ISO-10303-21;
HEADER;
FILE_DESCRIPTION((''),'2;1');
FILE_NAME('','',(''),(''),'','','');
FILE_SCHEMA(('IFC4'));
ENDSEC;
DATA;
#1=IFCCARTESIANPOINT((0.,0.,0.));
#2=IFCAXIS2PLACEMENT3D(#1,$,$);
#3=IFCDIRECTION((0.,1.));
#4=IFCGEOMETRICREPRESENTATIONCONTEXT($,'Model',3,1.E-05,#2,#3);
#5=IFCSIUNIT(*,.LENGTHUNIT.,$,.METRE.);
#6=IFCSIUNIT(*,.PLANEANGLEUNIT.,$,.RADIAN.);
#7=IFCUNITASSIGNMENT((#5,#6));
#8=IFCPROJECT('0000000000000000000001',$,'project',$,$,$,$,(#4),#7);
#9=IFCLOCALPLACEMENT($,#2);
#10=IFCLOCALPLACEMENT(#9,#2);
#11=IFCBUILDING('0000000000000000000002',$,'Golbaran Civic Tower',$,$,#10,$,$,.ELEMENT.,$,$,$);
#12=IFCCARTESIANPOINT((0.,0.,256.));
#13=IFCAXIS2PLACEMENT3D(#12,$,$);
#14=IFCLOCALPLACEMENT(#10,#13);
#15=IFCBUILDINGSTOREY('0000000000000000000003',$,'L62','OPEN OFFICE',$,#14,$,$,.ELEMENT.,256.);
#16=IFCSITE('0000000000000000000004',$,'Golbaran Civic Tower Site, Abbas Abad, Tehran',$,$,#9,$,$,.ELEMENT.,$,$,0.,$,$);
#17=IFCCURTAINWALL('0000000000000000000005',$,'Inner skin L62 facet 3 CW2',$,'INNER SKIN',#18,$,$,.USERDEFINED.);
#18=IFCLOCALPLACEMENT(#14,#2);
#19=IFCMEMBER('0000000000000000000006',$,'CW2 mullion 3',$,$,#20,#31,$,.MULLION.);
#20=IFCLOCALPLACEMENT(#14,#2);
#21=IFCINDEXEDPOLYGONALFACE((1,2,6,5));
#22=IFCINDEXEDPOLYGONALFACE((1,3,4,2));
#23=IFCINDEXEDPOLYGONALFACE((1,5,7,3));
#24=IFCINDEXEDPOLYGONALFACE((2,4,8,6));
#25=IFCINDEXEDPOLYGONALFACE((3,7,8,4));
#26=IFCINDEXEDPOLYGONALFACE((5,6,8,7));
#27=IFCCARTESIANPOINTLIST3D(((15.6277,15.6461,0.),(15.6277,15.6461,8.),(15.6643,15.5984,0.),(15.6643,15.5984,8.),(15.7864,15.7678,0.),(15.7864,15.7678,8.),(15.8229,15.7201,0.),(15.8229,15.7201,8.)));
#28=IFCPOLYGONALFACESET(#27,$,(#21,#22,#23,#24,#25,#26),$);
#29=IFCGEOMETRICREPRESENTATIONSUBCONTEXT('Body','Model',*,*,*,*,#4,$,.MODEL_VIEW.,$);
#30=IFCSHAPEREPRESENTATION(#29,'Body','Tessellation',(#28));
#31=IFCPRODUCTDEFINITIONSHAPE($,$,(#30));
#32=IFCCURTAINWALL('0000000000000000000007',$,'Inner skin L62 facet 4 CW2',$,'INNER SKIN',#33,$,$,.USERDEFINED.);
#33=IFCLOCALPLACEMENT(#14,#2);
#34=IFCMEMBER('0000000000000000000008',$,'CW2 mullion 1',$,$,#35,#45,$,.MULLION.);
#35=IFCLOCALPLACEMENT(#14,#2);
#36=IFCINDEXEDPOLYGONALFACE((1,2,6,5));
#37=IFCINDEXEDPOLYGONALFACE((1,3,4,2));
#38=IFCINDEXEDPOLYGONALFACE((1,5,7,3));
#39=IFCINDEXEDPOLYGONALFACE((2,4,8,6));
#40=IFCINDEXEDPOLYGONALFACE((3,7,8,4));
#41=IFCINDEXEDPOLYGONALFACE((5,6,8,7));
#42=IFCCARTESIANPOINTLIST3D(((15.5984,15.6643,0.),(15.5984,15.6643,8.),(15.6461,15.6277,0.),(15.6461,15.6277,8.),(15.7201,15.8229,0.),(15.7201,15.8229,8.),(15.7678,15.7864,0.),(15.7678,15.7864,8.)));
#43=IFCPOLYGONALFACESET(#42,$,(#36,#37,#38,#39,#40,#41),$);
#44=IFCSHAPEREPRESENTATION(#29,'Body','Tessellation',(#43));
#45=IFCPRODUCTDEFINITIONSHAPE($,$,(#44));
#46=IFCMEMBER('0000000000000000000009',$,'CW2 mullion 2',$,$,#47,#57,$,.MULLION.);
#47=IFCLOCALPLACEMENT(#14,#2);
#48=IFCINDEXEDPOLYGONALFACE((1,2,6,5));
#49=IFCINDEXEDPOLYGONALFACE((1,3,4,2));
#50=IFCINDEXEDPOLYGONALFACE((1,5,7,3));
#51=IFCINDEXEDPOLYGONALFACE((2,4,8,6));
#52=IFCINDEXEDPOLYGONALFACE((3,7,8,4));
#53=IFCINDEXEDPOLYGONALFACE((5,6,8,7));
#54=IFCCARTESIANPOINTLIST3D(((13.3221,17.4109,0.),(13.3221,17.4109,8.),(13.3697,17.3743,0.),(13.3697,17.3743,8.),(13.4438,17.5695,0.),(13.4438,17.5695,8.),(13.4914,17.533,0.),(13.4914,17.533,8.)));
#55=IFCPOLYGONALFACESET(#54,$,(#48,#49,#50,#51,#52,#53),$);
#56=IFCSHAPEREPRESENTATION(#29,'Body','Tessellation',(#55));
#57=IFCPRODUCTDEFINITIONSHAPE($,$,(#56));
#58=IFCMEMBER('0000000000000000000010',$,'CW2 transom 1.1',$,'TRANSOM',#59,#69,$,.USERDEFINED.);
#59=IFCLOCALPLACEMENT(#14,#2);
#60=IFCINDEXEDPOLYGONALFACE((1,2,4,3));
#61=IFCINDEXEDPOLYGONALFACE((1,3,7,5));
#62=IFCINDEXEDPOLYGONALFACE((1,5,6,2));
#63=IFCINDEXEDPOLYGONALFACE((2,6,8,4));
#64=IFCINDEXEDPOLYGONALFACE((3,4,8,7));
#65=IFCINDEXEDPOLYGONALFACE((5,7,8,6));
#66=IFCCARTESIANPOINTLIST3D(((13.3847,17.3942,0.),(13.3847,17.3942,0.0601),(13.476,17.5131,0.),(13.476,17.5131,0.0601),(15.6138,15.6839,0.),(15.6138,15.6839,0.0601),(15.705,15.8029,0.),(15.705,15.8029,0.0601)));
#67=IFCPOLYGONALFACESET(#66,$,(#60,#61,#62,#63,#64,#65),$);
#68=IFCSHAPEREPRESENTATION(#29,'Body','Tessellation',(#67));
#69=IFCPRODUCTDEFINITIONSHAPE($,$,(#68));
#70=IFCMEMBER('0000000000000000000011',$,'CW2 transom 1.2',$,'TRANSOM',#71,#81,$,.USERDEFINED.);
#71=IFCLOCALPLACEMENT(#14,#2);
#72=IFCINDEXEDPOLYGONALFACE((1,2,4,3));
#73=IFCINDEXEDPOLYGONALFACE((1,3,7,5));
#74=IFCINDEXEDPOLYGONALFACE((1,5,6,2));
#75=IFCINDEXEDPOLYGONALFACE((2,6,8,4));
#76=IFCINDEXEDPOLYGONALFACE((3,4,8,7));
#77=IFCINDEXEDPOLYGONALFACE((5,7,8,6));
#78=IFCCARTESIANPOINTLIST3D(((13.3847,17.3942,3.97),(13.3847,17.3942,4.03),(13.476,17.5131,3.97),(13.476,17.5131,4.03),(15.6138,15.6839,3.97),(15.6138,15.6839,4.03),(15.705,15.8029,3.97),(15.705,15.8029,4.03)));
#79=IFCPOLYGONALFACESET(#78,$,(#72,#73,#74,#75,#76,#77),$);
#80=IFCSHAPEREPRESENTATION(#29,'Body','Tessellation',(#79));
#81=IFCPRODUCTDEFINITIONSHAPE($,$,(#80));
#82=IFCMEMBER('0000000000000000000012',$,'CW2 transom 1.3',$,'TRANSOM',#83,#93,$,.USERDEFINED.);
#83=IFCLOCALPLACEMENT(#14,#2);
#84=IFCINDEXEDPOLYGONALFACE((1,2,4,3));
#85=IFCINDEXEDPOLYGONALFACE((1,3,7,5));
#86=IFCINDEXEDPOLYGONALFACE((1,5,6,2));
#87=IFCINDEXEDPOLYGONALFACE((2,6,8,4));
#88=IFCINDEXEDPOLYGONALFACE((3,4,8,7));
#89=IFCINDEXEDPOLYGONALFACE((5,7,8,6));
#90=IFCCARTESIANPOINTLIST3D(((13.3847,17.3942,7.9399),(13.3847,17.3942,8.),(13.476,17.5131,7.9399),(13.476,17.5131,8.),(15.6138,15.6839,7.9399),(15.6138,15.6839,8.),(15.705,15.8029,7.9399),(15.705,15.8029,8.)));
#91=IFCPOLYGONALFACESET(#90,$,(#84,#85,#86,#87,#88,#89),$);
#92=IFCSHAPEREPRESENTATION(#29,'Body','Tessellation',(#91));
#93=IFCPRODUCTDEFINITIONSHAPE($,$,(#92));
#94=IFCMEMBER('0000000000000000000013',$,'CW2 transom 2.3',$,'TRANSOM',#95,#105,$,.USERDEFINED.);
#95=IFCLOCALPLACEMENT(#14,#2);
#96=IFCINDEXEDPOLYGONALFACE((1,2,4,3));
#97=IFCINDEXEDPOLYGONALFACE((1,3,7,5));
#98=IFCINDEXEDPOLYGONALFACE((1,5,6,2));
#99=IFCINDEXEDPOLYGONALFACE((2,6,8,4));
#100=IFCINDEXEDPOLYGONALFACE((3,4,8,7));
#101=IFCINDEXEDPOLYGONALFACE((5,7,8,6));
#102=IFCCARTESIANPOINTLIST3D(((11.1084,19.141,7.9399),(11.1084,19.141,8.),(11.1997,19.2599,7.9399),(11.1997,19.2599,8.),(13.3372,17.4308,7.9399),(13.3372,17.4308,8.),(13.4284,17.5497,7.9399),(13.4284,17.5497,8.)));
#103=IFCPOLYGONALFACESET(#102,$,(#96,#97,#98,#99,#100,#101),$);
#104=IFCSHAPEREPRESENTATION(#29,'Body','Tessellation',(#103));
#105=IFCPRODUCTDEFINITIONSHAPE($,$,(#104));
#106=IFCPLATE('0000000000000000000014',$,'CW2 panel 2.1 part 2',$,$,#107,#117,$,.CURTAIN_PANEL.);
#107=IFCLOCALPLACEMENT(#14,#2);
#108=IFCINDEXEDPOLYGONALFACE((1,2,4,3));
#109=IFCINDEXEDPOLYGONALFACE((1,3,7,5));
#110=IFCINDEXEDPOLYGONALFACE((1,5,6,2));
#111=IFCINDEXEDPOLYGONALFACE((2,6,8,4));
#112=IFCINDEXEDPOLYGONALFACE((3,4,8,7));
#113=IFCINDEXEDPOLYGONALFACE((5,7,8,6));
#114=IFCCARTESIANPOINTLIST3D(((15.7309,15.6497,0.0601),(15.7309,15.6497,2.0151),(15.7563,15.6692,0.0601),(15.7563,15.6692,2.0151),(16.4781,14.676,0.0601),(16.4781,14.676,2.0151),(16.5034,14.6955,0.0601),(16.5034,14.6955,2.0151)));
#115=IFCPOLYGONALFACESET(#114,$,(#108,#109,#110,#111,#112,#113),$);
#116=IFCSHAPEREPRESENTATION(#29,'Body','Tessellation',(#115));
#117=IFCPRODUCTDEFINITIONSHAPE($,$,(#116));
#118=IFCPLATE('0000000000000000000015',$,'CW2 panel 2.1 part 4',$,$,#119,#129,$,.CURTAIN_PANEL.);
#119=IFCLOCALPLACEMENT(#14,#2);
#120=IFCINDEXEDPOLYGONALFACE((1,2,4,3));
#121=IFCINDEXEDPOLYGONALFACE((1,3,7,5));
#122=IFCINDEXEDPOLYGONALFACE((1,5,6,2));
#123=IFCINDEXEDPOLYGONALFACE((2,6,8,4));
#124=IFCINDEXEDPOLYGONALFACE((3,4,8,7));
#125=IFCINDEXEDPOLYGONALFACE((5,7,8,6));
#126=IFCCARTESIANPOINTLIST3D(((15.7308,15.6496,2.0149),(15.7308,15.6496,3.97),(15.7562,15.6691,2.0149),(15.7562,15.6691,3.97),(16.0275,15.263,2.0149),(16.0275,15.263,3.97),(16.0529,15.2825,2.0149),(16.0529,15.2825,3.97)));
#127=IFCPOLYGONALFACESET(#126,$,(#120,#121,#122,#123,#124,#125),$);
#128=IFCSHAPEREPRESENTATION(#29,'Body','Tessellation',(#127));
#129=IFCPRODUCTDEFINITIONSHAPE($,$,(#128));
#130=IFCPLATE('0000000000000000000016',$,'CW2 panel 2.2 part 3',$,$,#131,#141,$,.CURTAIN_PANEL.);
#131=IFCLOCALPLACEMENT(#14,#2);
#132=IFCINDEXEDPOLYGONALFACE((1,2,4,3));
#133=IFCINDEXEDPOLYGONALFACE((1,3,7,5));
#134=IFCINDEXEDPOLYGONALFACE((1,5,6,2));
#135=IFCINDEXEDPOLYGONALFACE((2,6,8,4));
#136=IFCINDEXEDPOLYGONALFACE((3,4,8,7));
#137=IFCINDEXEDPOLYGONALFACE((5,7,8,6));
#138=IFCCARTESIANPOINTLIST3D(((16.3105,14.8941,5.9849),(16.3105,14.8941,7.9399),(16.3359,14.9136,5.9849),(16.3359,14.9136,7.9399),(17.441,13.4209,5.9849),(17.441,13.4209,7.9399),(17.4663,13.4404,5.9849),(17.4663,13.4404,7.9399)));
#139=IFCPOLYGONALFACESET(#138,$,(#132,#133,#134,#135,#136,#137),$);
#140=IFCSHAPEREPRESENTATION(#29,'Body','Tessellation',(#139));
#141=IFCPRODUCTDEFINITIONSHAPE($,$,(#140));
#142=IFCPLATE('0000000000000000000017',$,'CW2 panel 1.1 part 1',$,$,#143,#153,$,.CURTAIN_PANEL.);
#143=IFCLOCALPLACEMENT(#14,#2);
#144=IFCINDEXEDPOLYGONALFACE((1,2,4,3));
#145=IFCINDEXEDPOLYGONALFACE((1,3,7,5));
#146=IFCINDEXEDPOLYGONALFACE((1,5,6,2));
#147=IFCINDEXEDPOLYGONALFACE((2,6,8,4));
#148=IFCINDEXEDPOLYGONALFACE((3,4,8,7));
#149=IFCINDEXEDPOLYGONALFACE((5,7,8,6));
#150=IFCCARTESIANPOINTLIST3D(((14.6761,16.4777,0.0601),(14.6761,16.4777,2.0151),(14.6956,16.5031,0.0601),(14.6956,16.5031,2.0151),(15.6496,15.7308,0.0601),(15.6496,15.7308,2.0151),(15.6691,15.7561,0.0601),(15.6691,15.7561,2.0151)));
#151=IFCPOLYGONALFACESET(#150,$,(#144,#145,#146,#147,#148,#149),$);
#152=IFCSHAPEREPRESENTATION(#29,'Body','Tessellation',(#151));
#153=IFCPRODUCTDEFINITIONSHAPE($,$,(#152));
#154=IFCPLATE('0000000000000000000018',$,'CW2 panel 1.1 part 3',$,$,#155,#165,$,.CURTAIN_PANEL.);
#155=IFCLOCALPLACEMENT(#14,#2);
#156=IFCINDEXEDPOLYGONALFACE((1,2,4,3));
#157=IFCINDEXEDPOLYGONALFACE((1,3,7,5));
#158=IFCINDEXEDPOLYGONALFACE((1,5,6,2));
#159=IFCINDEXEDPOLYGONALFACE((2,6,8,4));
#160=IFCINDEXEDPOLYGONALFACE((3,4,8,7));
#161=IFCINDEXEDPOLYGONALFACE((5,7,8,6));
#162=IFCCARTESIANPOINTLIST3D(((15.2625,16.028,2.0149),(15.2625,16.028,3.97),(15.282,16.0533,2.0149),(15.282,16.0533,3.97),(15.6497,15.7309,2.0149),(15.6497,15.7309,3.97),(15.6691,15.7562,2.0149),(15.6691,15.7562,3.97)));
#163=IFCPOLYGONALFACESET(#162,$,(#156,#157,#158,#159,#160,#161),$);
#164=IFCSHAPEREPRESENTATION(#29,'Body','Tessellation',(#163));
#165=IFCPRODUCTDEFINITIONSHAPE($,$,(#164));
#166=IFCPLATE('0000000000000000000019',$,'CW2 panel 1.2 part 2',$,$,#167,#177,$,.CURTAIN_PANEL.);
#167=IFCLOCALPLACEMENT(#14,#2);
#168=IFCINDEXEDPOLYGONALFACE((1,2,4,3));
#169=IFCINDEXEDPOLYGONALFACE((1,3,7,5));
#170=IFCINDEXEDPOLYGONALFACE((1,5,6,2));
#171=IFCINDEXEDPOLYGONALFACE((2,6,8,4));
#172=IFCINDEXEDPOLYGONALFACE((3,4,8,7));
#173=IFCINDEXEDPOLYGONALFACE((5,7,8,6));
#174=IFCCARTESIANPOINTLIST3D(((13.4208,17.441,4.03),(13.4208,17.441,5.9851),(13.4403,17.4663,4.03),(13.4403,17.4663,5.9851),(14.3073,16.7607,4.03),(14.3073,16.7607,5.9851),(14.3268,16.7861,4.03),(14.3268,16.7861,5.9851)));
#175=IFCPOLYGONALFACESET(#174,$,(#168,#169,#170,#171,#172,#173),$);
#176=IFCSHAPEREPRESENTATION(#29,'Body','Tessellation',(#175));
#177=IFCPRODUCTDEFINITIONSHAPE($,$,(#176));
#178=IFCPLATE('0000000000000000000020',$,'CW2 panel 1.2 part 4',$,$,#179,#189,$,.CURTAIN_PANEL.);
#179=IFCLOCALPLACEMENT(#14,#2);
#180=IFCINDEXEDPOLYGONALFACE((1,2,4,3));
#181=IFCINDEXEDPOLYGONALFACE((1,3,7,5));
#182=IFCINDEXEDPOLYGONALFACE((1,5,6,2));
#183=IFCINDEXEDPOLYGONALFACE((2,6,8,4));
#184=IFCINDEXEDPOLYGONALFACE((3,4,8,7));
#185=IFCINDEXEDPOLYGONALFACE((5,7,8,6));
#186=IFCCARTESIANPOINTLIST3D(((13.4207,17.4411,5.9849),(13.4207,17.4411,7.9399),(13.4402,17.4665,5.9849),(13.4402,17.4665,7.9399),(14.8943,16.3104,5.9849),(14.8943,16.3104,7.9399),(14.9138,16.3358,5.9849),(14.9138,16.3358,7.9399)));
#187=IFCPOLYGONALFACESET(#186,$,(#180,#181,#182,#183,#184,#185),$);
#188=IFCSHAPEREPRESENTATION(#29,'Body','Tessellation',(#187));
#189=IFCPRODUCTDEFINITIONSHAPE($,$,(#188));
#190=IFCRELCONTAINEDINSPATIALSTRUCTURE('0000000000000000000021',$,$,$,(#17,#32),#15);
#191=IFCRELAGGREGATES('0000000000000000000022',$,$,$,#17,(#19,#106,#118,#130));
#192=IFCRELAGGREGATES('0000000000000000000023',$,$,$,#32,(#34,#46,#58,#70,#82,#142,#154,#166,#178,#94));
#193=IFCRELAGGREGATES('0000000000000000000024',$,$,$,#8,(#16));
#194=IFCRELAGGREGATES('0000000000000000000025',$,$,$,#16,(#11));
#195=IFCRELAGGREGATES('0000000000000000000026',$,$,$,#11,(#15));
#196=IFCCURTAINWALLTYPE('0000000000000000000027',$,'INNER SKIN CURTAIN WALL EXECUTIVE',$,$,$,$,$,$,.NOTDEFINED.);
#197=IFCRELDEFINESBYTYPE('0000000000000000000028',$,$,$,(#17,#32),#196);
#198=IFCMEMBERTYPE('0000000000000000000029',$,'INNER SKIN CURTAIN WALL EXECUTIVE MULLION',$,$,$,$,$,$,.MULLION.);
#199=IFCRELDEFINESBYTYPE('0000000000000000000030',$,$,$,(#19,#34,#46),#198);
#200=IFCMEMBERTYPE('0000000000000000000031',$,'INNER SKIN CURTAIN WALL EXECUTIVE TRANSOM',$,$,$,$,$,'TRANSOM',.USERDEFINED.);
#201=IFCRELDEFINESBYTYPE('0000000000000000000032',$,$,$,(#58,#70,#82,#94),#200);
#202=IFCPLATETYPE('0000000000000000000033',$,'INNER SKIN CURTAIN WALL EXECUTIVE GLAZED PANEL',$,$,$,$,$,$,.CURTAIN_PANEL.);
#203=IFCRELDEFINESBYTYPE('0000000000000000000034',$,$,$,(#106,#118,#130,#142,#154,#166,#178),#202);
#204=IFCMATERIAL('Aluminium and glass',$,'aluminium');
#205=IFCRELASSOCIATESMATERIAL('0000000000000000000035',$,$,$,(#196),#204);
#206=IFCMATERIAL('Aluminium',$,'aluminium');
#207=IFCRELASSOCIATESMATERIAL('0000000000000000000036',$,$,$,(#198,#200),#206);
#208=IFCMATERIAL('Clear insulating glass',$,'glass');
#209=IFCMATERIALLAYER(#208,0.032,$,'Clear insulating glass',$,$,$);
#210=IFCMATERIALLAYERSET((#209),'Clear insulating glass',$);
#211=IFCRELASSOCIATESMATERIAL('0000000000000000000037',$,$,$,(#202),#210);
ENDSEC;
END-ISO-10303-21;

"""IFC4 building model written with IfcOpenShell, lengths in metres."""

from ifc_helpers import new_model, si_unit, direction, frame, origin, origin_2d, place, context, subcontext, project, spatial, rectangle, extrude, material, layer, layer_set, material_profile, profile_set, type_object, element, aggregate, save


model = new_model("IFC4")

# Units and contexts
model_context = context("Model", 3, precision=1e-05, world=origin(), true_north=direction((0.0, 1.0)))
body_context = subcontext(model_context, "Body", "Model", "MODEL_VIEW")
ifc_project = project(units=[si_unit("LENGTHUNIT", "METRE"), si_unit("PLANEANGLEUNIT", "RADIAN")], contexts=[model_context])

# Site, building, storey
site_placement = place(None, origin())
site = spatial("IfcSite", under=ifc_project, at=site_placement, Name="Golbaran Civic Tower Site, Abbas Abad, Tehran", CompositionType="ELEMENT", RefElevation=0.0)
building_placement = place(site_placement, origin())
building = spatial("IfcBuilding", under=site, at=building_placement, Name="Golbaran Civic Tower", CompositionType="ELEMENT")
storey_placement = place(building_placement, frame((0.0, 0.0, 256.0)))
storey = spatial("IfcBuildingStorey", under=building, at=storey_placement, Name="L62", Description="OPEN OFFICE", CompositionType="ELEMENT", Elevation=256.0)

# Curtain wall, member
ifc_material_1 = material(Name="Aluminium and glass", Category="aluminium")
curtain_wall_type = type_object("IfcCurtainWallType", Name="INNER SKIN CURTAIN WALL EXECUTIVE", PredefinedType="NOTDEFINED", material=ifc_material_1)
curtain_wall_1_placement = place(storey_placement, origin())
curtain_wall_1 = element("IfcCurtainWall", 1, at=curtain_wall_1_placement, inside=storey, type_object=curtain_wall_type, Name="Inner skin L62 facet 3 CW2", ObjectType="INNER SKIN", PredefinedType="USERDEFINED")
ifc_material_2 = material(Name="Aluminium", Category="aluminium")
ifc_material_profile_1 = material_profile(ifc_material_2, rectangle(XDim=0.2, YDim=0.0601, at=origin_2d()), Name="INNER SKIN CURTAIN WALL EXECUTIVE MULLION")
ifc_profile_set_1 = profile_set([ifc_material_profile_1], Name="Aluminium")
member_type_1 = type_object("IfcMemberType", Name="INNER SKIN CURTAIN WALL EXECUTIVE MULLION", PredefinedType="MULLION", material=ifc_profile_set_1)
member_1_placement = place(storey_placement, frame((15.7253, 15.6831, 0.0), z_axis=(0.0, 0.0, 1.0), x_axis=(-0.793353, -0.608761, 0.0)))
member_1 = element("IfcMember", 2, at=member_1_placement, type_object=member_type_1, Name="CW2 mullion 3", PredefinedType="MULLION", context=body_context, shape_type="SweptSolid", body=[
    extrude(rectangle(XDim=0.2, YDim=0.0601, at=origin_2d()), origin(), (0.0, 0.0, 1.0), 8.0),
])

# Curtain wall, members
curtain_wall_2_placement = place(storey_placement, origin())
curtain_wall_2 = element("IfcCurtainWall", 3, at=curtain_wall_2_placement, inside=storey, type_object=curtain_wall_type, Name="Inner skin L62 facet 4 CW2", ObjectType="INNER SKIN", PredefinedType="USERDEFINED")
member_2_placement = place(storey_placement, frame((15.6831, 15.7253, 0.0), z_axis=(0.0, 0.0, 1.0), x_axis=(-0.608761, -0.793353, 0.0)))
member_2 = element("IfcMember", 4, at=member_2_placement, type_object=member_type_1, Name="CW2 mullion 1", PredefinedType="MULLION", context=body_context, shape_type="SweptSolid", body=[
    extrude(rectangle(XDim=0.2, YDim=0.0601, at=origin_2d()), origin(), (0.0, 0.0, 1.0), 8.0),
])
member_3_placement = place(storey_placement, frame((13.4067, 17.4719, 0.0), z_axis=(0.0, 0.0, 1.0), x_axis=(-0.608761, -0.793353, 0.0)))
member_3 = element("IfcMember", 5, at=member_3_placement, type_object=member_type_1, Name="CW2 mullion 2", PredefinedType="MULLION", context=body_context, shape_type="SweptSolid", body=[
    extrude(rectangle(XDim=0.2, YDim=0.0601, at=origin_2d()), origin(), (0.0, 0.0, 1.0), 8.0),
])
ifc_material_profile_2 = material_profile(ifc_material_2, rectangle(XDim=0.1499, YDim=0.0601, at=origin_2d()), Name="INNER SKIN CURTAIN WALL EXECUTIVE TRANSOM")
ifc_profile_set_2 = profile_set([ifc_material_profile_2], Name="Aluminium")
member_type_2 = type_object("IfcMemberType", Name="INNER SKIN CURTAIN WALL EXECUTIVE TRANSOM", ElementType="TRANSOM", PredefinedType="USERDEFINED", material=ifc_profile_set_2)
member_4_placement = place(storey_placement, frame((15.6594, 15.7434, 0.03), z_axis=(-0.793383, 0.608723, 0.0), x_axis=(-0.608723, -0.793383, 0.0)))
member_4 = element("IfcMember", 6, at=member_4_placement, type_object=member_type_2, Name="CW2 transom 1.1", ObjectType="TRANSOM", PredefinedType="USERDEFINED", context=body_context, shape_type="SweptSolid", body=[
    extrude(rectangle(XDim=0.1499, YDim=0.0601, at=origin_2d()), origin(), (0.0, 0.0, 1.0), 2.8096),
])
member_5_placement = place(storey_placement, frame((15.6594, 15.7434, 4.0), z_axis=(-0.793383, 0.608723, 0.0), x_axis=(-0.608723, -0.793383, 0.0)))
member_5 = element("IfcMember", 7, at=member_5_placement, type_object=member_type_2, Name="CW2 transom 1.2", ObjectType="TRANSOM", PredefinedType="USERDEFINED", context=body_context, shape_type="SweptSolid", body=[
    extrude(rectangle(XDim=0.1499, YDim=0.0601, at=origin_2d()), origin(), (0.0, 0.0, 1.0), 2.8096),
])
member_6_placement = place(storey_placement, frame((15.6594, 15.7434, 7.97), z_axis=(-0.793383, 0.608723, 0.0), x_axis=(-0.608723, -0.793383, 0.0)))
member_6 = element("IfcMember", 8, at=member_6_placement, type_object=member_type_2, Name="CW2 transom 1.3", ObjectType="TRANSOM", PredefinedType="USERDEFINED", context=body_context, shape_type="SweptSolid", body=[
    extrude(rectangle(XDim=0.1499, YDim=0.0601, at=origin_2d()), origin(), (0.0, 0.0, 1.0), 2.8096),
])
member_7_placement = place(storey_placement, frame((13.3828, 17.4902, 7.97), z_axis=(-0.79335, 0.608765, 0.0), x_axis=(-0.608765, -0.79335, 0.0)))
member_7 = element("IfcMember", 9, at=member_7_placement, type_object=member_type_2, Name="CW2 transom 2.3", ObjectType="TRANSOM", PredefinedType="USERDEFINED", context=body_context, shape_type="SweptSolid", body=[
    extrude(rectangle(XDim=0.1499, YDim=0.0601, at=origin_2d()), origin(), (0.0, 0.0, 1.0), 2.8093),
])

# Plates
ifc_material_3 = material(Name="Clear insulating glass", Category="glass")
ifc_layer_1 = layer(ifc_material_3, 0.032, Name="Clear insulating glass")
ifc_layer_set_1 = layer_set([ifc_layer_1], Name="Clear insulating glass")
plate_type_1 = type_object("IfcPlateType", Name="INNER SKIN CURTAIN WALL EXECUTIVE GLAZED PANEL", PredefinedType="CURTAIN_PANEL", material=ifc_layer_set_1)
plate_1_placement = place(storey_placement, frame((16.1172, 15.1726, 0.0601), z_axis=(0.0, 0.0, 1.0), x_axis=(-0.608761, 0.793353, 0.0)))
plate_1 = element("IfcPlate", 10, at=plate_1_placement, type_object=plate_type_1, Name="CW2 panel 2.1 part 2", PredefinedType="CURTAIN_PANEL", context=body_context, shape_type="SweptSolid", body=[
    extrude(rectangle(XDim=1.2273, YDim=0.032, at=origin_2d()), origin(), (0.0, 0.0, 1.0), 1.9551),
])
plate_2_placement = place(storey_placement, frame((15.8918, 15.4661, 2.0149), z_axis=(0.0, 0.0, 1.0), x_axis=(-0.608761, 0.793353, 0.0)))
plate_2 = element("IfcPlate", 11, at=plate_2_placement, type_object=plate_type_1, Name="CW2 panel 2.1 part 4", PredefinedType="CURTAIN_PANEL", context=body_context, shape_type="SweptSolid", body=[
    extrude(rectangle(XDim=0.4873, YDim=0.032, at=origin_2d()), origin(), (0.0, 0.0, 1.0), 1.9551),
])
plate_3_placement = place(storey_placement, frame((16.8884, 14.1672, 5.9849), z_axis=(0.0, 0.0, 1.0), x_axis=(-0.608761, 0.793353, 0.0)))
plate_3 = element("IfcPlate", 12, at=plate_3_placement, type_object=plate_type_1, Name="CW2 panel 2.2 part 3", PredefinedType="CURTAIN_PANEL", context=body_context, shape_type="SweptSolid", body=[
    extrude(rectangle(XDim=1.8569, YDim=0.032, at=origin_2d()), origin(), (0.0, 0.0, 1.0), 1.9551),
])
plate_4_placement = place(storey_placement, frame((15.1726, 16.1169, 0.0601), z_axis=(0.0, 0.0, 1.0), x_axis=(-0.793353, 0.608761, 0.0)))
plate_4 = element("IfcPlate", 13, at=plate_4_placement, type_object=plate_type_1, Name="CW2 panel 1.1 part 1", PredefinedType="CURTAIN_PANEL", context=body_context, shape_type="SweptSolid", body=[
    extrude(rectangle(XDim=1.2271, YDim=0.032, at=origin_2d()), origin(), (0.0, 0.0, 1.0), 1.9551),
])
plate_5_placement = place(storey_placement, frame((15.4658, 15.8921, 2.0149), z_axis=(0.0, 0.0, 1.0), x_axis=(-0.793353, 0.608761, 0.0)))
plate_5 = element("IfcPlate", 14, at=plate_5_placement, type_object=plate_type_1, Name="CW2 panel 1.1 part 3", PredefinedType="CURTAIN_PANEL", context=body_context, shape_type="SweptSolid", body=[
    extrude(rectangle(XDim=0.488, YDim=0.032, at=origin_2d()), origin(), (0.0, 0.0, 1.0), 1.9551),
])
plate_6_placement = place(storey_placement, frame((13.8738, 17.1135, 4.03), z_axis=(0.0, 0.0, 1.0), x_axis=(-0.793353, 0.608761, 0.0)))
plate_6 = element("IfcPlate", 15, at=plate_6_placement, type_object=plate_type_1, Name="CW2 panel 1.2 part 2", PredefinedType="CURTAIN_PANEL", context=body_context, shape_type="SweptSolid", body=[
    extrude(rectangle(XDim=1.1174, YDim=0.032, at=origin_2d()), origin(), (0.0, 0.0, 1.0), 1.9551),
])
plate_7_placement = place(storey_placement, frame((14.1672, 16.8884, 5.9849), z_axis=(0.0, 0.0, 1.0), x_axis=(-0.793353, 0.608761, 0.0)))
plate_7 = element("IfcPlate", 16, at=plate_7_placement, type_object=plate_type_1, Name="CW2 panel 1.2 part 4", PredefinedType="CURTAIN_PANEL", context=body_context, shape_type="SweptSolid", body=[
    extrude(rectangle(XDim=1.8574, YDim=0.032, at=origin_2d()), origin(), (0.0, 0.0, 1.0), 1.9551),
])
aggregate(curtain_wall_1, [member_1, plate_1, plate_2, plate_3])
aggregate(curtain_wall_2, [member_2, member_3, member_4, member_5, member_6, plate_4, plate_5, plate_6, plate_7, member_7])

save(model, "model.ifc")
